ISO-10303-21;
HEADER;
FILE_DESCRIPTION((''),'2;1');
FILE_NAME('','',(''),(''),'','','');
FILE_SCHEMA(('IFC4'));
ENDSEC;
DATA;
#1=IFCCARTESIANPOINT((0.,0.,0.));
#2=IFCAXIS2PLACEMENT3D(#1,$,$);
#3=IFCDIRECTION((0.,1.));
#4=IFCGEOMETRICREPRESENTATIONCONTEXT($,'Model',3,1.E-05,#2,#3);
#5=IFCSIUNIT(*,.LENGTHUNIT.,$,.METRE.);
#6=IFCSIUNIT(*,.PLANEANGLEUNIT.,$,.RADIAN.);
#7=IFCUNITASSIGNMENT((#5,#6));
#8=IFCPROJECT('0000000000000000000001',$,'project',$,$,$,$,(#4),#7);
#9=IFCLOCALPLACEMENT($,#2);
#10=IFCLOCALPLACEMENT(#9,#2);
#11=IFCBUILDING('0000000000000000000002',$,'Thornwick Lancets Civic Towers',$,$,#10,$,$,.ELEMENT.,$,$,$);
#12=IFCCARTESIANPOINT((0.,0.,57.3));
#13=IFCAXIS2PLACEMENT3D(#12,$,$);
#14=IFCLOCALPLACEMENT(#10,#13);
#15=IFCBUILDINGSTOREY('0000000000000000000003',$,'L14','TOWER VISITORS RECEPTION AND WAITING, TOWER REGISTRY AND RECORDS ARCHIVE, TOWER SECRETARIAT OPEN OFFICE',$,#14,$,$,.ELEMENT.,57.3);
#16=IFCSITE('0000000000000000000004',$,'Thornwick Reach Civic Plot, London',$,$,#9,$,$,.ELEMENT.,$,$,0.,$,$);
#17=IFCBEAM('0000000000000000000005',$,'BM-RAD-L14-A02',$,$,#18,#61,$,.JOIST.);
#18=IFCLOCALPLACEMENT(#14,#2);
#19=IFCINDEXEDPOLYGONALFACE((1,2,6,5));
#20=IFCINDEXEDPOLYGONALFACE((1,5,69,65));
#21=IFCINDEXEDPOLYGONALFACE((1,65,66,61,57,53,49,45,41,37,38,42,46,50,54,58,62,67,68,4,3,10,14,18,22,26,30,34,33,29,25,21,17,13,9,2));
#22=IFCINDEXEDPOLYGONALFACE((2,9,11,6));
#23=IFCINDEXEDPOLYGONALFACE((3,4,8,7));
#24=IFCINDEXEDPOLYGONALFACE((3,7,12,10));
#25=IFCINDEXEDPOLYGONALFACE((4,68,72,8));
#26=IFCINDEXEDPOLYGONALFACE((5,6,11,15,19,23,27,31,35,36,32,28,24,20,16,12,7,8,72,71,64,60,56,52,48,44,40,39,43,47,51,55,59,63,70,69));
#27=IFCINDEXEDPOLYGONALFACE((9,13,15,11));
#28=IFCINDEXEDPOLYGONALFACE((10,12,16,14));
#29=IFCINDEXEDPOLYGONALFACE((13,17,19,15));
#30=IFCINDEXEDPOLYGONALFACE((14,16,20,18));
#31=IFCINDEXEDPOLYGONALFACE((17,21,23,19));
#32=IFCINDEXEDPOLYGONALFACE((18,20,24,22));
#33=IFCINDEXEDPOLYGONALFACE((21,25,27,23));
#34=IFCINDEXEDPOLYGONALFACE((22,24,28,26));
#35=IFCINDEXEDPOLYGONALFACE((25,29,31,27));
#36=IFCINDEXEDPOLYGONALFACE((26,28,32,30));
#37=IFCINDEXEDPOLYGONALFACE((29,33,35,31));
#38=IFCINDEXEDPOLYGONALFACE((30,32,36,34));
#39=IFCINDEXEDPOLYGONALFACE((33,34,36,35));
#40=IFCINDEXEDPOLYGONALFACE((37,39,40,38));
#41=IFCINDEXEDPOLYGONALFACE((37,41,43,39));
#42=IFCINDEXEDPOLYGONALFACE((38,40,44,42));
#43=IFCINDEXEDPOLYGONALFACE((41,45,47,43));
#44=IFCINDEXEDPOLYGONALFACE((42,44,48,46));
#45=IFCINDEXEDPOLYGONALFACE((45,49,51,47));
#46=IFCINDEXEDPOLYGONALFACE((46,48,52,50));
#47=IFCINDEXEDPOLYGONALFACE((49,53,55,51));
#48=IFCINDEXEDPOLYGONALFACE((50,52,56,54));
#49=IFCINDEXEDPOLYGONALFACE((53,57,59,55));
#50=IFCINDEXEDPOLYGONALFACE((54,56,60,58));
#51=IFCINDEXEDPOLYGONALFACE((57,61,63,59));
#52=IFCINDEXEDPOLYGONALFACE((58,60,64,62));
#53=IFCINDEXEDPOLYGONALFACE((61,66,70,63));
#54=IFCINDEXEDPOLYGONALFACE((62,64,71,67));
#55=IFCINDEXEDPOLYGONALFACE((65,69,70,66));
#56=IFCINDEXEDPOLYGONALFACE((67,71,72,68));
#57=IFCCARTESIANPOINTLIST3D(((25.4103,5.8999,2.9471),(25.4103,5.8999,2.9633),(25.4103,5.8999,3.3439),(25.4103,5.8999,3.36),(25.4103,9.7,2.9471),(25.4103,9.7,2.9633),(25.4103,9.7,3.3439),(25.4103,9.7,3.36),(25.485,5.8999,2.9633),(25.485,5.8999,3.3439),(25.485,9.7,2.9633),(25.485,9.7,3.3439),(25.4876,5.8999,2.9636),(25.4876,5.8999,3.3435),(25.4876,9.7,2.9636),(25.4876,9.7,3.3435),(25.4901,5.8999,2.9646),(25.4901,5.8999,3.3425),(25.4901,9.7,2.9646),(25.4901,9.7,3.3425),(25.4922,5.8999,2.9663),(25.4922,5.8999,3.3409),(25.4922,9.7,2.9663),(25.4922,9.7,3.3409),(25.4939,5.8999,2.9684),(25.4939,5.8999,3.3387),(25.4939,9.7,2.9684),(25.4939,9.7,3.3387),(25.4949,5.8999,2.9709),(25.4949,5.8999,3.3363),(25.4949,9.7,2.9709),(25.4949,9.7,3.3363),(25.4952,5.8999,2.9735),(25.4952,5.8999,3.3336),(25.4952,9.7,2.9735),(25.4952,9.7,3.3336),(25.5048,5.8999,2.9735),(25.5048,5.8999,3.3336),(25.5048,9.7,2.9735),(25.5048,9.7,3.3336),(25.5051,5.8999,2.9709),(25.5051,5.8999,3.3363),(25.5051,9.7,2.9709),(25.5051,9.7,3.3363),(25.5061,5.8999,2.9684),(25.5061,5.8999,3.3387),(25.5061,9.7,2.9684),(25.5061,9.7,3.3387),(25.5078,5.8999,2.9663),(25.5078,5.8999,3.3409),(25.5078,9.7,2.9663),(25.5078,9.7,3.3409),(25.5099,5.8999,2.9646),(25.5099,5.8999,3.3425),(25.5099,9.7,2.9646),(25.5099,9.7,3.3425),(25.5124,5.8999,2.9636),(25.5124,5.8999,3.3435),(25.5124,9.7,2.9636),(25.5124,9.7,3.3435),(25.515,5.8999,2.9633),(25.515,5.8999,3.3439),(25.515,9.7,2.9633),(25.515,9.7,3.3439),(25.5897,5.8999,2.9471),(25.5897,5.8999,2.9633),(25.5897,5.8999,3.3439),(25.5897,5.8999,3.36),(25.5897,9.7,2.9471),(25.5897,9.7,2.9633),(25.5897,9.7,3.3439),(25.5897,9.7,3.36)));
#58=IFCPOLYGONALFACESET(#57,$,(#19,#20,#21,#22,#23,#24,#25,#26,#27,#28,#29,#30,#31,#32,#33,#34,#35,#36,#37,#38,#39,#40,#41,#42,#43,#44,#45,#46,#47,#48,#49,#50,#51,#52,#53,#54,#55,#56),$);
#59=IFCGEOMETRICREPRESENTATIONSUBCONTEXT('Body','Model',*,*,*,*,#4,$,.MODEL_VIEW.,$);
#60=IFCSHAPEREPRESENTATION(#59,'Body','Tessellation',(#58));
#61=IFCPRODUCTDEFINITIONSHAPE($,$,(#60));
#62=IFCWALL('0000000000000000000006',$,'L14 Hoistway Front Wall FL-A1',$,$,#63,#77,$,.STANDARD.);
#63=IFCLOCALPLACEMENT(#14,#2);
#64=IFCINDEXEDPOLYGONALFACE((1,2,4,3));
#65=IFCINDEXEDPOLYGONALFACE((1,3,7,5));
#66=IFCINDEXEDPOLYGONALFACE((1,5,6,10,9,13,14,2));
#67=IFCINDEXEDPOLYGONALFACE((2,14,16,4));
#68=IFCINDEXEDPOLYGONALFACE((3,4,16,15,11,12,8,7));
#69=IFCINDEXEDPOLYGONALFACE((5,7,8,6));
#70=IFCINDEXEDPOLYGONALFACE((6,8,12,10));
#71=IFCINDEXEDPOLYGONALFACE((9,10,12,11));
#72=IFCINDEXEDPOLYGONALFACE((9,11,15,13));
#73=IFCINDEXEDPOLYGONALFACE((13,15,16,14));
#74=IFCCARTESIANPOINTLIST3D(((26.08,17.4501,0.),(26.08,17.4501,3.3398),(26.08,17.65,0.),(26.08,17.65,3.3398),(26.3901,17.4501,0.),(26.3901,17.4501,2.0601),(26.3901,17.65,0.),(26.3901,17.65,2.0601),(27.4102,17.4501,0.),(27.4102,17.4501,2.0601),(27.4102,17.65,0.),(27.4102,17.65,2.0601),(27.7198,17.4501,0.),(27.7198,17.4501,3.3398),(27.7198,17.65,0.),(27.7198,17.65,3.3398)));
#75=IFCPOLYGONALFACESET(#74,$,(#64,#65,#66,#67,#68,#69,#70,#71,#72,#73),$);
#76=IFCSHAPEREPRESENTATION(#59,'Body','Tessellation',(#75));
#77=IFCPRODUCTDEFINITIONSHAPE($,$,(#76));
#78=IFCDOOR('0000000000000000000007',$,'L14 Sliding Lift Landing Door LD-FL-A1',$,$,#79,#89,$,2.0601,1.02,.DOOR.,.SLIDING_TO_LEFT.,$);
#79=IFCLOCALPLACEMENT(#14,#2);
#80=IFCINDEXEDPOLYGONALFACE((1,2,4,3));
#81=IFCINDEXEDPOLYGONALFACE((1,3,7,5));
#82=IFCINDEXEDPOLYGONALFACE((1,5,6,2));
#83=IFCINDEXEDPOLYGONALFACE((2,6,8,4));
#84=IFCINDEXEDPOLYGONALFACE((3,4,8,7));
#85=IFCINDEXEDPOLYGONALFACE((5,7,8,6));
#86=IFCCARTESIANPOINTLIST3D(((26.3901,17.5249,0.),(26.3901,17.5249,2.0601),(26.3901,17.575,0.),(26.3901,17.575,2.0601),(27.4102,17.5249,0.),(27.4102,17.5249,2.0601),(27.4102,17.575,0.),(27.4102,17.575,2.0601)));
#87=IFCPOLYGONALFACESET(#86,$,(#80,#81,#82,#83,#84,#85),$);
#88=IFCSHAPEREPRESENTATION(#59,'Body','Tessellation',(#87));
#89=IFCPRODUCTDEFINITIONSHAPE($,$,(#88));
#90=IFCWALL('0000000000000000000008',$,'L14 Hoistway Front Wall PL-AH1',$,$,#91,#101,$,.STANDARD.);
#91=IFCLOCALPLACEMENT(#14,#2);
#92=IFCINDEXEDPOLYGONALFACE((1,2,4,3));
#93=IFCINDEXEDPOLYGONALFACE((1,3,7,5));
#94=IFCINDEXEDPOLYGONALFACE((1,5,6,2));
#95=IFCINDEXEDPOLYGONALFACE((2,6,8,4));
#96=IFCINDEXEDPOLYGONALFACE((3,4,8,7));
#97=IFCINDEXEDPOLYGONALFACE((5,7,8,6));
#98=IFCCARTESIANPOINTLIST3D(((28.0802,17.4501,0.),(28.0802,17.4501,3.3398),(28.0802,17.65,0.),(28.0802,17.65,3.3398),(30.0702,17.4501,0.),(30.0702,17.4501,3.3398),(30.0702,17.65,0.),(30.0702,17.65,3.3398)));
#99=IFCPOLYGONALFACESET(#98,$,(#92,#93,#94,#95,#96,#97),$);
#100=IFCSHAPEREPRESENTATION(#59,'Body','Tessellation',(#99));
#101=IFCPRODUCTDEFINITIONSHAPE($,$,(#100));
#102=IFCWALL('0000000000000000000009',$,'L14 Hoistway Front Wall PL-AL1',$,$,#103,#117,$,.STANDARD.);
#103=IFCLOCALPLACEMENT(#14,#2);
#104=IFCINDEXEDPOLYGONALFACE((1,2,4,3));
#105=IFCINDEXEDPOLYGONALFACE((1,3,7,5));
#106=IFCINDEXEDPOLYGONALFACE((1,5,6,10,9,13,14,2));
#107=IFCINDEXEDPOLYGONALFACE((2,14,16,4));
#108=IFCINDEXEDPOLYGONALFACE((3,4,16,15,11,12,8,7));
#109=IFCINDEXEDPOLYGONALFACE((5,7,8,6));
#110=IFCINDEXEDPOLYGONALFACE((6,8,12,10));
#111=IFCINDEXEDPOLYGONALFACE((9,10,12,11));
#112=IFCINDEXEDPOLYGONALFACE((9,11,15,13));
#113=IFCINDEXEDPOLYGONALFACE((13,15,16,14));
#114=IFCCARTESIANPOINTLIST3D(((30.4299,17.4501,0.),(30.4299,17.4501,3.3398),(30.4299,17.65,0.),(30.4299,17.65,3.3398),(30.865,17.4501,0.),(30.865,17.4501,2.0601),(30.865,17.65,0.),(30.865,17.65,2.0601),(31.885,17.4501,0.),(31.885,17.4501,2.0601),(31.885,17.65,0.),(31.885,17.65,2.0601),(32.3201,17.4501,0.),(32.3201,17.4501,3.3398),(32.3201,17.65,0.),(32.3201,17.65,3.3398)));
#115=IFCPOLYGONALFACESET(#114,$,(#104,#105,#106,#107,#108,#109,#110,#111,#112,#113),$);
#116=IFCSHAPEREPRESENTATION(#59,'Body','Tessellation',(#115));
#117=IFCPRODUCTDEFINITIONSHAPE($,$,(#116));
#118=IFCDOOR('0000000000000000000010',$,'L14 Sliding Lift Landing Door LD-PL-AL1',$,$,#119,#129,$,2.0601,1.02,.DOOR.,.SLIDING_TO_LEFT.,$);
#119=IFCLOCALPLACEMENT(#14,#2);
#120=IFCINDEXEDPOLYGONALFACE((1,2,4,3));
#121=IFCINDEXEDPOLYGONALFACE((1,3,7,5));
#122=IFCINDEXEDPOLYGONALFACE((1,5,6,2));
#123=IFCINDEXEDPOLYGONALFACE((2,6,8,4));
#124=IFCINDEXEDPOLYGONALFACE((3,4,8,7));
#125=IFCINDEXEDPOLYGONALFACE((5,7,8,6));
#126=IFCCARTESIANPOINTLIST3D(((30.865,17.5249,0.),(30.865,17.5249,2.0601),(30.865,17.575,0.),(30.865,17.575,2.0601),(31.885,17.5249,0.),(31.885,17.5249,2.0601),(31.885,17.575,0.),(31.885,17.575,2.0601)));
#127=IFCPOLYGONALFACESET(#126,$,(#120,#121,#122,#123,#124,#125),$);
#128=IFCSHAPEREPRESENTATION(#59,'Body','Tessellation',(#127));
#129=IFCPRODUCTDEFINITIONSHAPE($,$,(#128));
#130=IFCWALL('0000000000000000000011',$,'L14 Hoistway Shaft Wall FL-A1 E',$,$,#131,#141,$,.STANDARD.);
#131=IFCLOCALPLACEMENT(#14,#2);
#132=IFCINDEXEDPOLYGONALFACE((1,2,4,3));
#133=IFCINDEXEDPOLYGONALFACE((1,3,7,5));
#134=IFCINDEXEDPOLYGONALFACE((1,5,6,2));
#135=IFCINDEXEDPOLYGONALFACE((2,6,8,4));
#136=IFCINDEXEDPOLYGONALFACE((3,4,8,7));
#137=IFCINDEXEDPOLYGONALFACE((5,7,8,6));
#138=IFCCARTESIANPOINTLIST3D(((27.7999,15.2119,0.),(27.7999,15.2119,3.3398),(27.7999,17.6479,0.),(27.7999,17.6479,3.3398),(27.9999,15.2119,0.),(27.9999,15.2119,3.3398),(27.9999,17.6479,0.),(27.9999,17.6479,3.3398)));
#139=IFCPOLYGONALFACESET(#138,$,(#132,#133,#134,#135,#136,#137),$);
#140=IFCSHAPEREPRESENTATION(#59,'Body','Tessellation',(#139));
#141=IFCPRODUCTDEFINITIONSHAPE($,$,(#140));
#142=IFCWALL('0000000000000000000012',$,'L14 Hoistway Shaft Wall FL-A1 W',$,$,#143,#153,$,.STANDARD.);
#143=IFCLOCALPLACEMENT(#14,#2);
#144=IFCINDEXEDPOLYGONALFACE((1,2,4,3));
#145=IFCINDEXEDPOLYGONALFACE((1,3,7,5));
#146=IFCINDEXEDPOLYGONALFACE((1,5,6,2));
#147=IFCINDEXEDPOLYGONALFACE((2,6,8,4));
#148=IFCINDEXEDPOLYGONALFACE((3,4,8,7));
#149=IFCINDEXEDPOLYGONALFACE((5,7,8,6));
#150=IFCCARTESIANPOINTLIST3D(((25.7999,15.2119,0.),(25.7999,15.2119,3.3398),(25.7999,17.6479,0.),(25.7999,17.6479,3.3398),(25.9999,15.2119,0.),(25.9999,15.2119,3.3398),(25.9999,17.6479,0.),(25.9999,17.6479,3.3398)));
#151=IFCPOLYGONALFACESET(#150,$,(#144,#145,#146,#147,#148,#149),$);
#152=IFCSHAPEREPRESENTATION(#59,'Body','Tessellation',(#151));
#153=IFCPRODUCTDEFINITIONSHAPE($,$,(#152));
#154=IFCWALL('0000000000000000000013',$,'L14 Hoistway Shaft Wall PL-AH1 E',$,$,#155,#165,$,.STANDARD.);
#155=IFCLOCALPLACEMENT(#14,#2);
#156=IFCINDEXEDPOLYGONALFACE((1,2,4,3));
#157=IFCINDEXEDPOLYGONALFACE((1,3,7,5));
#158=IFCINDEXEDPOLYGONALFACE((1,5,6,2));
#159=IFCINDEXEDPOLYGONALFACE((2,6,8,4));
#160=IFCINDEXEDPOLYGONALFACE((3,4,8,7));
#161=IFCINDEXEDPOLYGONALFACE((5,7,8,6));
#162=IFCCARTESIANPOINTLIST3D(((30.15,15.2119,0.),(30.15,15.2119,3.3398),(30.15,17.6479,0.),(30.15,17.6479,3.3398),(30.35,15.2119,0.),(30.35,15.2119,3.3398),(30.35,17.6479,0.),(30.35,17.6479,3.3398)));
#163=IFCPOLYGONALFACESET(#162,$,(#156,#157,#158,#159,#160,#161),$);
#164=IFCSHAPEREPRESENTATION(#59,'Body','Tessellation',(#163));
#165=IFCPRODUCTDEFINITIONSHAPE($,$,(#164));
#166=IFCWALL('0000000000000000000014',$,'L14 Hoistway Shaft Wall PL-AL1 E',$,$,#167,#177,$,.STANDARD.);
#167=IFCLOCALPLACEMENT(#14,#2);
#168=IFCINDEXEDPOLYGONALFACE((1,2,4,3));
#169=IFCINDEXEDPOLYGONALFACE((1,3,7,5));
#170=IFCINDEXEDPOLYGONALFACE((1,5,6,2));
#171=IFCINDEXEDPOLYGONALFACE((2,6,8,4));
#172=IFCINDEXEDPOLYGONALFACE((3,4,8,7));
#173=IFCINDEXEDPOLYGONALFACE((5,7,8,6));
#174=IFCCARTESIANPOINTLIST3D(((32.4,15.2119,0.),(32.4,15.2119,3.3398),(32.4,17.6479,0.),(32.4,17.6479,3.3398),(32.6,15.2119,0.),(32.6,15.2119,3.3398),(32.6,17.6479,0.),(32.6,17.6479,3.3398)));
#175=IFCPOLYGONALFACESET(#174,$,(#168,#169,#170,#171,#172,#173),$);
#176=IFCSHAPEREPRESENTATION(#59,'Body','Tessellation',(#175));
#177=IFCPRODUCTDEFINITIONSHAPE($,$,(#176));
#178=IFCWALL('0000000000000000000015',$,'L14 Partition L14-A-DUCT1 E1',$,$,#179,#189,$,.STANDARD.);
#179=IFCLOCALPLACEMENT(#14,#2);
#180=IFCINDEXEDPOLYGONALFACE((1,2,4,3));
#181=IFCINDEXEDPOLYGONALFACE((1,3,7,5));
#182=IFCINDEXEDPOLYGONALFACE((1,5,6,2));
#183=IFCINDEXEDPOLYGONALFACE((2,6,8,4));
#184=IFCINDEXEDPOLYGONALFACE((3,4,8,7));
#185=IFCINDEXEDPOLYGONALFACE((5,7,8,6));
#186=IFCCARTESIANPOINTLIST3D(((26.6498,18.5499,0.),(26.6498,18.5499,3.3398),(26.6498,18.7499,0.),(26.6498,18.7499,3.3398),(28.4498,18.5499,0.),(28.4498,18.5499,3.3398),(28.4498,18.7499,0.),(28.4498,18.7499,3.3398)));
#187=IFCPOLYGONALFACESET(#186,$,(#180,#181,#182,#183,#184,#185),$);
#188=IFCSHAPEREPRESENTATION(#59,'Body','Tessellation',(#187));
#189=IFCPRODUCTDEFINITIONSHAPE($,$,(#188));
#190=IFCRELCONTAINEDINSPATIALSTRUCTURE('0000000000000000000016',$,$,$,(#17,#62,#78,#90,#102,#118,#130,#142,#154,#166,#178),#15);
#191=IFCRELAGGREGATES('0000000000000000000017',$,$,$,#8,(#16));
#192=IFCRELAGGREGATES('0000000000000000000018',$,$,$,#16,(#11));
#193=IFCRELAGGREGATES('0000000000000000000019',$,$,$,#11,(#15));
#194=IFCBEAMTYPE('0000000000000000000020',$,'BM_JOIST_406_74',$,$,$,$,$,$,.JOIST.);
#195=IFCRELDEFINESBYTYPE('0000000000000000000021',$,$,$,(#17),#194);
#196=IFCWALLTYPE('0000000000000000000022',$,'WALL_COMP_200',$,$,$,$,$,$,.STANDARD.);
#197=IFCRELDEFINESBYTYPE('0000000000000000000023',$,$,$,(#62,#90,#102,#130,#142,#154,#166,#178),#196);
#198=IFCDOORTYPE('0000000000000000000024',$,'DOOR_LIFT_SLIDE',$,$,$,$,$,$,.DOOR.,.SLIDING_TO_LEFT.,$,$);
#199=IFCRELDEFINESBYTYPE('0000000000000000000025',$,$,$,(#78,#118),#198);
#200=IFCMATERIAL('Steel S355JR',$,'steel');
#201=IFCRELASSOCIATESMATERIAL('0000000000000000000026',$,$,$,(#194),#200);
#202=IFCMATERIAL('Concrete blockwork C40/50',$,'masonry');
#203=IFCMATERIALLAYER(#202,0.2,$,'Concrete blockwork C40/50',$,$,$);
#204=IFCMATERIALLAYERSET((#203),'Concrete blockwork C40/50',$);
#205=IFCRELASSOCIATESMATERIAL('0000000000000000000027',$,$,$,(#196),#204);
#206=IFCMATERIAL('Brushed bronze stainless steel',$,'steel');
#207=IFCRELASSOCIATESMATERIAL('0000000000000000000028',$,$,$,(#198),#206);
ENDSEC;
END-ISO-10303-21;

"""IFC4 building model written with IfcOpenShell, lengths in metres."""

from ifc_helpers import new_model, si_unit, direction, frame, frame_2d, origin, origin_2d, place, context, subcontext, project, spatial, rectangle, i_section, extrude, material, layer, layer_set, material_profile, profile_set, type_object, element, fill, save


model = new_model("IFC4")

# Units and contexts
model_context = context("Model", 3, precision=1e-05, world=origin(), true_north=direction((0.0, 1.0)))
body_context = subcontext(model_context, "Body", "Model", "MODEL_VIEW")
ifc_project = project(units=[si_unit("LENGTHUNIT", "METRE"), si_unit("PLANEANGLEUNIT", "RADIAN")], contexts=[model_context])

# Site, building, storey
site_placement = place(None, origin())
site = spatial("IfcSite", under=ifc_project, at=site_placement, Name="Thornwick Reach Civic Plot, London", CompositionType="ELEMENT", RefElevation=0.0)
building_placement = place(site_placement, origin())
building = spatial("IfcBuilding", under=site, at=building_placement, Name="Thornwick Lancets Civic Towers", CompositionType="ELEMENT")
storey_placement = place(building_placement, frame((0.0, 0.0, 57.3)))
storey = spatial("IfcBuildingStorey", under=building, at=storey_placement, Name="L14", Description="TOWER VISITORS RECEPTION AND WAITING, TOWER REGISTRY AND RECORDS ARCHIVE, TOWER SECRETARIAT OPEN OFFICE", CompositionType="ELEMENT", Elevation=57.3)

# Beam
ifc_material_1 = material(Name="Steel S355JR", Category="steel")
ifc_material_profile_1 = material_profile(ifc_material_1, i_section(OverallWidth=0.1794, OverallDepth=0.4128, WebThickness=0.0095, FlangeThickness=0.0161, FilletRadius=0.0103, at=origin_2d()), Name="UKB 406x178x74")
ifc_profile_set_1 = profile_set([ifc_material_profile_1], Name="Steel S355JR")
beam_type_1 = type_object("IfcBeamType", Name="BM_JOIST_406_74", PredefinedType="JOIST", material=ifc_profile_set_1)
beam_1_placement = place(storey_placement, frame((25.5, 9.7, 3.1536), z_axis=(0.0, -1.0, 0.0), x_axis=(1.0, 0.0, 0.0)))
element("IfcBeam", 1, at=beam_1_placement, inside=storey, type_object=beam_type_1, Name="BM-RAD-L14-A02", PredefinedType="JOIST", context=body_context, shape_type="SweptSolid", body=[
    extrude(i_section(OverallWidth=0.1794, OverallDepth=0.4128, WebThickness=0.0095, FlangeThickness=0.0161, FilletRadius=0.0103, at=origin_2d()), origin(), (0.0, 0.0, 1.0), 3.8),
])

# Wall, opening, door
ifc_material_2 = material(Name="Concrete blockwork C40/50", Category="masonry")
ifc_layer_1 = layer(ifc_material_2, 0.2, Name="Concrete blockwork C40/50")
ifc_layer_set_1 = layer_set([ifc_layer_1], Name="Concrete blockwork C40/50")
wall_type_1 = type_object("IfcWallType", Name="WALL_COMP_200", PredefinedType="STANDARD", material=ifc_layer_set_1)
wall_1_placement = place(storey_placement, frame((26.0801, 17.55, 0.0), z_axis=(0.0, 0.0, 1.0), x_axis=(1.0, 0.0, 0.0)))
wall_1 = element("IfcWall", 2, at=wall_1_placement, inside=storey, type_object=wall_type_1, Name="L14 Hoistway Front Wall FL-A1", PredefinedType="STANDARD", context=body_context, shape_type="SweptSolid", body=[
    extrude(rectangle(XDim=1.6399, YDim=0.2, at=frame_2d((0.8198, 0.0))), origin(), (0.0, 0.0, 1.0), 3.3398),
])
opening_1_placement = place(wall_1_placement, frame((0.3101, 0.0, 0.0)))
opening_1 = element("IfcOpeningElement", 3, at=opening_1_placement, cuts=wall_1, PredefinedType="OPENING", context=body_context, shape_type="SweptSolid", body=[
    extrude(rectangle(XDim=1.02, YDim=2.0601, at=frame_2d((0.51, 1.03))), frame((0.0, 0.1099, 0.0), z_axis=(0.0, -1.0, 0.0), x_axis=(1.0, 0.0, 0.0)), (0.0, 0.0, 1.0), 0.22),
])
ifc_material_3 = material(Name="Brushed bronze stainless steel", Category="steel")
door_type_1 = type_object("IfcDoorType", Name="DOOR_LIFT_SLIDE", OperationType="SLIDING_TO_LEFT", PredefinedType="DOOR", material=ifc_material_3)
door_1_placement = place(opening_1_placement, origin())
door_1 = element("IfcDoor", 4, at=door_1_placement, inside=storey, type_object=door_type_1, Name="L14 Sliding Lift Landing Door LD-FL-A1", OperationType="SLIDING_TO_LEFT", OverallHeight=2.0601, OverallWidth=1.02, PredefinedType="DOOR", context=body_context, shape_type="SweptSolid", body=[
    extrude(rectangle(XDim=1.02, YDim=2.0601, at=frame_2d((0.51, 1.03))), frame((0.0, 0.0249, 0.0), z_axis=(0.0, -1.0, 0.0), x_axis=(1.0, 0.0, 0.0)), (0.0, 0.0, 1.0), 0.05),
])
fill(opening_1, door_1)

# Wall
wall_2_placement = place(storey_placement, frame((28.0801, 17.55, 0.0), z_axis=(0.0, 0.0, 1.0), x_axis=(1.0, 0.0, 0.0)))
element("IfcWall", 5, at=wall_2_placement, inside=storey, type_object=wall_type_1, Name="L14 Hoistway Front Wall PL-AH1", PredefinedType="STANDARD", context=body_context, shape_type="SweptSolid", body=[
    extrude(rectangle(XDim=1.99, YDim=0.2, at=frame_2d((0.9951, 0.0))), origin(), (0.0, 0.0, 1.0), 3.3398),
])

# Wall, opening, door
wall_3_placement = place(storey_placement, frame((30.4299, 17.55, 0.0), z_axis=(0.0, 0.0, 1.0), x_axis=(1.0, 0.0, 0.0)))
wall_3 = element("IfcWall", 6, at=wall_3_placement, inside=storey, type_object=wall_type_1, Name="L14 Hoistway Front Wall PL-AL1", PredefinedType="STANDARD", context=body_context, shape_type="SweptSolid", body=[
    extrude(rectangle(XDim=1.8901, YDim=0.2, at=frame_2d((0.9451, 0.0))), origin(), (0.0, 0.0, 1.0), 3.3398),
])
opening_2_placement = place(wall_3_placement, frame((0.4351, 0.0, 0.0)))
opening_2 = element("IfcOpeningElement", 7, at=opening_2_placement, cuts=wall_3, PredefinedType="OPENING", context=body_context, shape_type="SweptSolid", body=[
    extrude(rectangle(XDim=1.02, YDim=2.0601, at=frame_2d((0.51, 1.03))), frame((0.0, 0.1099, 0.0), z_axis=(0.0, -1.0, 0.0), x_axis=(1.0, 0.0, 0.0)), (0.0, 0.0, 1.0), 0.22),
])
door_2_placement = place(opening_2_placement, origin())
door_2 = element("IfcDoor", 8, at=door_2_placement, inside=storey, type_object=door_type_1, Name="L14 Sliding Lift Landing Door LD-PL-AL1", OperationType="SLIDING_TO_LEFT", OverallHeight=2.0601, OverallWidth=1.02, PredefinedType="DOOR", context=body_context, shape_type="SweptSolid", body=[
    extrude(rectangle(XDim=1.02, YDim=2.0601, at=frame_2d((0.51, 1.03))), frame((0.0, 0.0249, 0.0), z_axis=(0.0, -1.0, 0.0), x_axis=(1.0, 0.0, 0.0)), (0.0, 0.0, 1.0), 0.05),
])
fill(opening_2, door_2)

# Walls
for number, where, z_axis, x_axis, name in (
    (9, (27.8999, 15.2119, 0.0), (0.0, 0.0, 1.0), (0.0, 1.0, 0.0), "L14 Hoistway Shaft Wall FL-A1 E"),
    (10, (25.8999, 15.2119, 0.0), (0.0, 0.0, 1.0), (0.0, 1.0, 0.0), "L14 Hoistway Shaft Wall FL-A1 W"),
    (11, (30.25, 15.2119, 0.0), (0.0, 0.0, 1.0), (0.0, 1.0, 0.0), "L14 Hoistway Shaft Wall PL-AH1 E"),
    (12, (32.5, 15.2119, 0.0), (0.0, 0.0, 1.0), (0.0, 1.0, 0.0), "L14 Hoistway Shaft Wall PL-AL1 E"),
):
    element("IfcWall", number, at=place(storey_placement, frame(where, z_axis=z_axis, x_axis=x_axis)), inside=storey, type_object=wall_type_1, Name=name, PredefinedType="STANDARD", context=body_context, shape_type="SweptSolid", body=[
        extrude(rectangle(XDim=2.436, YDim=0.2, at=frame_2d((1.218, 0.0))), origin(), (0.0, 0.0, 1.0), 3.3398),
    ])
wall_4_placement = place(storey_placement, frame((26.6499, 18.6499, 0.0), z_axis=(0.0, 0.0, 1.0), x_axis=(1.0, 0.0, 0.0)))
element("IfcWall", 13, at=wall_4_placement, inside=storey, type_object=wall_type_1, Name="L14 Partition L14-A-DUCT1 E1", PredefinedType="STANDARD", context=body_context, shape_type="SweptSolid", body=[
    extrude(rectangle(XDim=1.8, YDim=0.2, at=frame_2d((0.8999, 0.0))), origin(), (0.0, 0.0, 1.0), 3.3398),
])

save(model, "model.ifc")
